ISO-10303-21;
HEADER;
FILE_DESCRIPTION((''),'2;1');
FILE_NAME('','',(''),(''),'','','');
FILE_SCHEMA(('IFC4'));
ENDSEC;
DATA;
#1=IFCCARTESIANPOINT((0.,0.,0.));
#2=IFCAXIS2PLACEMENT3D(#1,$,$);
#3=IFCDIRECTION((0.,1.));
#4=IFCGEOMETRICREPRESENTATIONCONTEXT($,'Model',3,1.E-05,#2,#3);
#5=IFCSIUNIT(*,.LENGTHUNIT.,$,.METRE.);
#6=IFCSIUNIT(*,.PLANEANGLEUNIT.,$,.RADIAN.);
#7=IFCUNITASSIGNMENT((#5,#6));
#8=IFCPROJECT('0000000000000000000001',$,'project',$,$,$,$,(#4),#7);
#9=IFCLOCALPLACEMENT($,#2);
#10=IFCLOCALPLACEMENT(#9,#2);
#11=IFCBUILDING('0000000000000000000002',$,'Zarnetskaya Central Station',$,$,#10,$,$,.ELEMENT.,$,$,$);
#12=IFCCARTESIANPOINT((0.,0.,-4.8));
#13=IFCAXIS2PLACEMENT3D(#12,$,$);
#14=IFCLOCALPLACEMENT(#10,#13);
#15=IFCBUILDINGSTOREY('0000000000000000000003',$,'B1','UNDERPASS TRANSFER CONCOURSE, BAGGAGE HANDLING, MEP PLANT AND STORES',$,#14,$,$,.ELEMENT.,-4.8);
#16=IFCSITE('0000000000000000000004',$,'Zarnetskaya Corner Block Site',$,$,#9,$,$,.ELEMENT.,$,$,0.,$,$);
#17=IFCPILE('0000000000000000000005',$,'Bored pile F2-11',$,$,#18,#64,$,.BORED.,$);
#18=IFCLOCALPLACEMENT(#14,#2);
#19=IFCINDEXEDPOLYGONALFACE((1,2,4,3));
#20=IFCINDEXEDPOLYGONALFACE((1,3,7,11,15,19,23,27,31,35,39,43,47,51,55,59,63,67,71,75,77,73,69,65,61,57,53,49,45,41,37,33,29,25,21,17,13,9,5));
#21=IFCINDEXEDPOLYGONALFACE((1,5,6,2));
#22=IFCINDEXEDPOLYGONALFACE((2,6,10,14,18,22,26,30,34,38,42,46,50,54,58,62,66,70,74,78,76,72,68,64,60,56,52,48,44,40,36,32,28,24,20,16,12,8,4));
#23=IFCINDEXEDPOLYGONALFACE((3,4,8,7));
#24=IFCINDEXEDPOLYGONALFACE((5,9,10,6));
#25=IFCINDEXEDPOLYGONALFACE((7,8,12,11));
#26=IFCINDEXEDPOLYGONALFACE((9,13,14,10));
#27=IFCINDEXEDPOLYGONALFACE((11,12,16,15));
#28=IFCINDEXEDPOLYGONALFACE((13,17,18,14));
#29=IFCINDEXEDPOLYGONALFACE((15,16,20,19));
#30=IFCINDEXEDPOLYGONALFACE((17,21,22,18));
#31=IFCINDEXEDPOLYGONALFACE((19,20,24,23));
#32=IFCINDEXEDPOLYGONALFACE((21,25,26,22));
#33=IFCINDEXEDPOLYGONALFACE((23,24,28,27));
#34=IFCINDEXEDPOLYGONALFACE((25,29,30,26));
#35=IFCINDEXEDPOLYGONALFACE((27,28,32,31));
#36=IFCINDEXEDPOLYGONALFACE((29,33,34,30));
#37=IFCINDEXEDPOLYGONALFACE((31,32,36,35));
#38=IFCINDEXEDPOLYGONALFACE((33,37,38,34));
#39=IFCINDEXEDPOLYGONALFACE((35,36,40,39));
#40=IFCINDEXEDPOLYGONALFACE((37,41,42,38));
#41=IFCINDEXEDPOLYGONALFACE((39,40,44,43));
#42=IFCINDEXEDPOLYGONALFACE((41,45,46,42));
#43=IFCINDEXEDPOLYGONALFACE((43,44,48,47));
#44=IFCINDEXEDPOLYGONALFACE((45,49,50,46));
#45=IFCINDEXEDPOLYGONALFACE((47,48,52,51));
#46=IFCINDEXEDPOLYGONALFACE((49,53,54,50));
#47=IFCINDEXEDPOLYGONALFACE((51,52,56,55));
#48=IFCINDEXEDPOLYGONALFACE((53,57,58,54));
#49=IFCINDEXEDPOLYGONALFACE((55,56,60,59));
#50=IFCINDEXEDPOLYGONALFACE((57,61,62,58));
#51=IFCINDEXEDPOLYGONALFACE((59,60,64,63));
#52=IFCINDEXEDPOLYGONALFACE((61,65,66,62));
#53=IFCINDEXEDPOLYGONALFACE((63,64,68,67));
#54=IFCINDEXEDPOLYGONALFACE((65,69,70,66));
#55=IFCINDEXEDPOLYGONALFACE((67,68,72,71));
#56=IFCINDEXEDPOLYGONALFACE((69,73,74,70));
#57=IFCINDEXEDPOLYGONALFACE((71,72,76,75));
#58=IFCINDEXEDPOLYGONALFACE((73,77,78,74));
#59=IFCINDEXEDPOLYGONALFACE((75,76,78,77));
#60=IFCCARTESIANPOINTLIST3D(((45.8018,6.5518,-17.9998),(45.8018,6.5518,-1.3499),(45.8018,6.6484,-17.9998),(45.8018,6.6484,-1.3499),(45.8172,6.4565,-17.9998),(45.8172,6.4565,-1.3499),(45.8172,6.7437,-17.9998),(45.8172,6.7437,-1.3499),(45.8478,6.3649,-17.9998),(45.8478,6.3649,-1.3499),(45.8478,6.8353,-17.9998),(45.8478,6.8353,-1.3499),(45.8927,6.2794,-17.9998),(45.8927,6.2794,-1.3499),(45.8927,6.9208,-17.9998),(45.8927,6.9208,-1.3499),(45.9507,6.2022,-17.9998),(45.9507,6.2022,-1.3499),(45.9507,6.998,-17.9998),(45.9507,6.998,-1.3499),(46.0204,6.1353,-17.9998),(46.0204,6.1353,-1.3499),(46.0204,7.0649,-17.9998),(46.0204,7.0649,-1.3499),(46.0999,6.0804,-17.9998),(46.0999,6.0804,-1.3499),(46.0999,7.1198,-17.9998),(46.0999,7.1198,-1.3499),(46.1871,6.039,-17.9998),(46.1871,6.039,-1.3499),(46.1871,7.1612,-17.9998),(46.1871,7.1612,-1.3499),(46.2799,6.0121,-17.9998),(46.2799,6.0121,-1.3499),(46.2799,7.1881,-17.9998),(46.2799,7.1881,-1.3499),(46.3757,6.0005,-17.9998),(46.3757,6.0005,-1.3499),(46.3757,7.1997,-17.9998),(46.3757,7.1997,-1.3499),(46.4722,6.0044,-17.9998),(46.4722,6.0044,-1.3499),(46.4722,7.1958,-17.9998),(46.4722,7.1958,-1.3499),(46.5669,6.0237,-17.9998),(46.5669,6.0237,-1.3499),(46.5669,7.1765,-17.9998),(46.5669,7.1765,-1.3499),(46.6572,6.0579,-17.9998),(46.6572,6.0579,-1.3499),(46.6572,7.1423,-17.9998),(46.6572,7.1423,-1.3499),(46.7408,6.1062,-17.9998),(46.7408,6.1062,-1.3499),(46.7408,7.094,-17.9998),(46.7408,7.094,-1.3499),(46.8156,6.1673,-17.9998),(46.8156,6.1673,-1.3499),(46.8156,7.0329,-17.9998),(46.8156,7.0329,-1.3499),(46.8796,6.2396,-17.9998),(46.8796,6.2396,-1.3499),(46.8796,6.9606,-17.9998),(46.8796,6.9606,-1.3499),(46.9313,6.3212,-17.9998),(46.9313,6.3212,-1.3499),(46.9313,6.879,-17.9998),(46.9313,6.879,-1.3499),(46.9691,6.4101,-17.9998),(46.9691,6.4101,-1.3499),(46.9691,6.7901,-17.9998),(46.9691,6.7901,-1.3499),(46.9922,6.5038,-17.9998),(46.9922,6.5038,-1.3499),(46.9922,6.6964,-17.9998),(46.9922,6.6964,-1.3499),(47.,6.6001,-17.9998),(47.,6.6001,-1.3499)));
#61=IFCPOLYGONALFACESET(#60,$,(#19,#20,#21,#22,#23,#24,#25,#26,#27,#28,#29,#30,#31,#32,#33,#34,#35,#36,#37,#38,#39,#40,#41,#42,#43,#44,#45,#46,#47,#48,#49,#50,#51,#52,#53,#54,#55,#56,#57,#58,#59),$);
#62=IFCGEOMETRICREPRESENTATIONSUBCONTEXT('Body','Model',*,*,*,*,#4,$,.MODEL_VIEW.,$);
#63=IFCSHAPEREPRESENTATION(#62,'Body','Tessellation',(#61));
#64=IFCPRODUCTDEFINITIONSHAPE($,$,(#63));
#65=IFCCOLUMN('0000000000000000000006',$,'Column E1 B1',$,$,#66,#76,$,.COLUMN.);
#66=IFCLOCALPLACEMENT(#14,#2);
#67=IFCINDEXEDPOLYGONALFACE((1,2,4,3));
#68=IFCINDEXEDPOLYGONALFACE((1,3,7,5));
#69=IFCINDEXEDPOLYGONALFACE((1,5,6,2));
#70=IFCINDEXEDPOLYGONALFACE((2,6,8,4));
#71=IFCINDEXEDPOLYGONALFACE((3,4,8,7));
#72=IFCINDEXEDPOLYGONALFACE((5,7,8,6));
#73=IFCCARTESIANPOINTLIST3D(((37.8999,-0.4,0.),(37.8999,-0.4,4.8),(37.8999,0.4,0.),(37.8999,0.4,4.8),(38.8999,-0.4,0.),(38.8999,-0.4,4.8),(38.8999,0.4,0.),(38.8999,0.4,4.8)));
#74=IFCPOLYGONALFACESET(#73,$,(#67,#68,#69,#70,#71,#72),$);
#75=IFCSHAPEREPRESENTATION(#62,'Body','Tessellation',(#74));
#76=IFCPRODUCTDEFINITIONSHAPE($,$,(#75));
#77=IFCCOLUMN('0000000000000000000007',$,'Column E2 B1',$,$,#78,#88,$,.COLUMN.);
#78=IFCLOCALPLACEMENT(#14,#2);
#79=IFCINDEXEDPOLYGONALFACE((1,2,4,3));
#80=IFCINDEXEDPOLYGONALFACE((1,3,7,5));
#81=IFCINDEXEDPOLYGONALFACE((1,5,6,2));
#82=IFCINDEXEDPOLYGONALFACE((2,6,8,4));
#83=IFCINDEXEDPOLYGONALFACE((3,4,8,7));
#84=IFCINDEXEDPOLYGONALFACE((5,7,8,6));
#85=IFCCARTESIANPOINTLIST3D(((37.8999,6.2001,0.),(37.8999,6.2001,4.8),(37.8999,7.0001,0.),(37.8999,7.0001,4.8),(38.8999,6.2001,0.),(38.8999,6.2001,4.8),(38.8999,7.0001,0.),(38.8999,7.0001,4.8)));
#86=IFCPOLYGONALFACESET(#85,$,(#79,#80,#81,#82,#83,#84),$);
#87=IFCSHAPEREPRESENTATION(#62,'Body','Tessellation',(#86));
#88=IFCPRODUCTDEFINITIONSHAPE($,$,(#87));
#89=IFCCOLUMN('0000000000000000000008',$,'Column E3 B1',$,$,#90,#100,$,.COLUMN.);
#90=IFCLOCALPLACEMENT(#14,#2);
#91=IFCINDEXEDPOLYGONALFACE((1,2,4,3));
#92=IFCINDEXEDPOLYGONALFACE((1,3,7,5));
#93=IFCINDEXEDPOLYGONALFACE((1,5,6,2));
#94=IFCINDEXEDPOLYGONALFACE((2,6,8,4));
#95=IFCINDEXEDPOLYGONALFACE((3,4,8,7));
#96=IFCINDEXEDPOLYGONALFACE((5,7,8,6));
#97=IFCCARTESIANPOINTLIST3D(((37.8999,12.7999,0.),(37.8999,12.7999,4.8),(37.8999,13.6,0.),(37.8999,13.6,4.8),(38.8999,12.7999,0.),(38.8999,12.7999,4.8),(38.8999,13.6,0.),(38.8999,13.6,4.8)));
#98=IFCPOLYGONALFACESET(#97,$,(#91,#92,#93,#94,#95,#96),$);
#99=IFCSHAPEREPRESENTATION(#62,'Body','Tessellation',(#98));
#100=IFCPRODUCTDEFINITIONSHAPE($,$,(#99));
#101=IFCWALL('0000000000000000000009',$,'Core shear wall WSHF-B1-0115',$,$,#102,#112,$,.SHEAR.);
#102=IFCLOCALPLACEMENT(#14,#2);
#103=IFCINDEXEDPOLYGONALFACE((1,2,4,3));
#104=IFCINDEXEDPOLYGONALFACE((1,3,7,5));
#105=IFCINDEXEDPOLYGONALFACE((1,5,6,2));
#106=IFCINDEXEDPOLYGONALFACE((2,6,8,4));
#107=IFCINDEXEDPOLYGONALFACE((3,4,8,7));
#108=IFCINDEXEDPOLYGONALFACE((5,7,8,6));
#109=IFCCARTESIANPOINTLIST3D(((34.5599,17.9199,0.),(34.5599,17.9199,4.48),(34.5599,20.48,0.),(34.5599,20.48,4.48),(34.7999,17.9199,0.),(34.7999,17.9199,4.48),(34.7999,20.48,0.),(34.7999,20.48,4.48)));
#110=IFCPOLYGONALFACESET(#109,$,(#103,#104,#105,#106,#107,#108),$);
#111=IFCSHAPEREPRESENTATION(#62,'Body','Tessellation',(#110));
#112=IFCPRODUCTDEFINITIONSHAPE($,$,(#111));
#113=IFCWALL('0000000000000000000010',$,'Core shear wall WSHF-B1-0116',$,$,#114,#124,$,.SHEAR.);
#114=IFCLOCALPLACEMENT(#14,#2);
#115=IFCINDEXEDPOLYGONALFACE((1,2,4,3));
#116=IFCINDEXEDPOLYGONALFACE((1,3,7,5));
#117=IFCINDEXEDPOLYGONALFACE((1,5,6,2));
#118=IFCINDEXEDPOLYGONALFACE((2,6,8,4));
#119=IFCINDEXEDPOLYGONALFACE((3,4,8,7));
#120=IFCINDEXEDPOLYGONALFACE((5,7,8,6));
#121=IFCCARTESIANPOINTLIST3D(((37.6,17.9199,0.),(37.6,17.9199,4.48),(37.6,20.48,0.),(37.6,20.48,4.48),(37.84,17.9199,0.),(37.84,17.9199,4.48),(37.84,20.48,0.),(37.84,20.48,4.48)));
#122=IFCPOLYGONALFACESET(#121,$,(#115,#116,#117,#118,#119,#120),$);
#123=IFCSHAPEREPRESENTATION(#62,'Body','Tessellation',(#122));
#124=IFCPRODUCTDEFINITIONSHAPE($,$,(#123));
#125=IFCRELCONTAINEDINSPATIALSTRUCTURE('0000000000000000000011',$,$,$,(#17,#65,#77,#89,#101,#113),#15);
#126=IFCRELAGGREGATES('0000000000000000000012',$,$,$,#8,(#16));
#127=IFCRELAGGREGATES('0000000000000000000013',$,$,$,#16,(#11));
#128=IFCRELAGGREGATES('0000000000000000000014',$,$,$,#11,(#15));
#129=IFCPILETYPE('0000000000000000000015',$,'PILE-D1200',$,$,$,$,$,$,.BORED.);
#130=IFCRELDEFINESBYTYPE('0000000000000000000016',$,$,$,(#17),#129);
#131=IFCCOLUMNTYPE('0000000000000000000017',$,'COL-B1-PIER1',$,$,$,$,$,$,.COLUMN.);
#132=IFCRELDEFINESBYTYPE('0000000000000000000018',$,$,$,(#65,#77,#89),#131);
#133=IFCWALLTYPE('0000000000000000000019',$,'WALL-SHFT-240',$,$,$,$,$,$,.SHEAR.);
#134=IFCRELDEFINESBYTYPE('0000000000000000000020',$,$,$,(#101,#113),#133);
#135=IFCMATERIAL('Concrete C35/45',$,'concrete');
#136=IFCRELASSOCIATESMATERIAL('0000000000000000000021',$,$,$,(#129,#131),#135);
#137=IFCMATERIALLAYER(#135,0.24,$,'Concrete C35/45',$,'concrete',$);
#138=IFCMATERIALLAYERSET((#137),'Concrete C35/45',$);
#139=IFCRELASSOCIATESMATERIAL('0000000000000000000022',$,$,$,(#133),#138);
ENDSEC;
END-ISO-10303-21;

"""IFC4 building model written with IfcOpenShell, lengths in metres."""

from ifc_helpers import new_model, si_unit, direction, frame, frame_2d, origin, origin_2d, place, context, subcontext, project, spatial, rectangle, circle, extrude, material, layer, layer_set, material_profile, profile_set, type_object, element, save


model = new_model("IFC4")

# Units and contexts
model_context = context("Model", 3, precision=1e-05, world=origin(), true_north=direction((0.0, 1.0)))
body_context = subcontext(model_context, "Body", "Model", "MODEL_VIEW")
ifc_project = project(units=[si_unit("LENGTHUNIT", "METRE"), si_unit("PLANEANGLEUNIT", "RADIAN")], contexts=[model_context])

# Site, building, storey
site_placement = place(None, origin())
site = spatial("IfcSite", under=ifc_project, at=site_placement, Name="Zarnetskaya Corner Block Site", CompositionType="ELEMENT", RefElevation=0.0)
building_placement = place(site_placement, origin())
building = spatial("IfcBuilding", under=site, at=building_placement, Name="Zarnetskaya Central Station", CompositionType="ELEMENT")
storey_placement = place(building_placement, frame((0.0, 0.0, -4.8)))
storey = spatial("IfcBuildingStorey", under=building, at=storey_placement, Name="B1", Description="UNDERPASS TRANSFER CONCOURSE, BAGGAGE HANDLING, MEP PLANT AND STORES", CompositionType="ELEMENT", Elevation=-4.8)

# Shared definitions
ifc_material_1 = material(Name="Concrete C35/45", Category="concrete")

# Pile
ifc_material_profile_1 = material_profile(ifc_material_1, circle(Radius=0.6001, at=origin_2d()), Name="BORED PILE D1200")
ifc_profile_set_1 = profile_set([ifc_material_profile_1], Name="Concrete C35/45")
pile_type = type_object("IfcPileType", Name="PILE-D1200", PredefinedType="BORED", material=ifc_profile_set_1)
for number, where, z_axis, x_axis, name in (
    (1, (46.3999, 6.6001, -1.3499), (0.0, 0.0, -1.0), (1.0, 0.0, 0.0), "Bored pile F2-11"),
):
    element("IfcPile", number, at=place(storey_placement, frame(where, z_axis=z_axis, x_axis=x_axis)), inside=storey, type_object=pile_type, Name=name, PredefinedType="BORED", context=body_context, shape_type="SweptSolid", body=[
        extrude(circle(Radius=0.6001, at=origin_2d()), origin(), (0.0, 0.0, 1.0), 16.6499),
    ])

# Columns
ifc_material_profile_2 = material_profile(ifc_material_1, rectangle(XDim=1.0, YDim=0.8, at=origin_2d()), Name="RC PIER 1000x800")
ifc_profile_set_2 = profile_set([ifc_material_profile_2], Name="Concrete C35/45")
column_type = type_object("IfcColumnType", Name="COL-B1-PIER1", PredefinedType="COLUMN", material=ifc_profile_set_2)
for number, where, z_axis, x_axis, name in (
    (2, (38.3999, 0.0, 0.0), (0.0, 0.0, 1.0), (1.0, 0.0, 0.0), "Column E1 B1"),
    (3, (38.3999, 6.6001, 0.0), (0.0, 0.0, 1.0), (1.0, 0.0, 0.0), "Column E2 B1"),
    (4, (38.3999, 13.2, 0.0), (0.0, 0.0, 1.0), (1.0, 0.0, 0.0), "Column E3 B1"),
):
    element("IfcColumn", number, at=place(storey_placement, frame(where, z_axis=z_axis, x_axis=x_axis)), inside=storey, type_object=column_type, Name=name, PredefinedType="COLUMN", context=body_context, shape_type="SweptSolid", body=[
        extrude(rectangle(XDim=1.0, YDim=0.8, at=origin_2d()), origin(), (0.0, 0.0, 1.0), 4.8),
    ])

# Shared definitions
ifc_layer_1 = layer(ifc_material_1, 0.24, Name="Concrete C35/45", Category="concrete")
ifc_layer_set_1 = layer_set([ifc_layer_1], Name="Concrete C35/45")
wall_type_1 = type_object("IfcWallType", Name="WALL-SHFT-240", PredefinedType="SHEAR", material=ifc_layer_set_1)

# Walls
for number, where, z_axis, x_axis, name in (
    (5, (34.6799, 17.9199, 0.0), (0.0, 0.0, 1.0), (0.0, 1.0, 0.0), "Core shear wall WSHF-B1-0115"),
    (6, (37.72, 20.48, 0.0), (0.0, 0.0, 1.0), (0.0, -1.0, 0.0), "Core shear wall WSHF-B1-0116"),
):
    element("IfcWall", number, at=place(storey_placement, frame(where, z_axis=z_axis, x_axis=x_axis)), inside=storey, type_object=wall_type_1, Name=name, PredefinedType="SHEAR", context=body_context, shape_type="SweptSolid", body=[
        extrude(rectangle(XDim=2.5601, YDim=0.24, at=frame_2d((1.28, 0.0))), origin(), (0.0, 0.0, 1.0), 4.48),
    ])

save(model, "model.ifc")
